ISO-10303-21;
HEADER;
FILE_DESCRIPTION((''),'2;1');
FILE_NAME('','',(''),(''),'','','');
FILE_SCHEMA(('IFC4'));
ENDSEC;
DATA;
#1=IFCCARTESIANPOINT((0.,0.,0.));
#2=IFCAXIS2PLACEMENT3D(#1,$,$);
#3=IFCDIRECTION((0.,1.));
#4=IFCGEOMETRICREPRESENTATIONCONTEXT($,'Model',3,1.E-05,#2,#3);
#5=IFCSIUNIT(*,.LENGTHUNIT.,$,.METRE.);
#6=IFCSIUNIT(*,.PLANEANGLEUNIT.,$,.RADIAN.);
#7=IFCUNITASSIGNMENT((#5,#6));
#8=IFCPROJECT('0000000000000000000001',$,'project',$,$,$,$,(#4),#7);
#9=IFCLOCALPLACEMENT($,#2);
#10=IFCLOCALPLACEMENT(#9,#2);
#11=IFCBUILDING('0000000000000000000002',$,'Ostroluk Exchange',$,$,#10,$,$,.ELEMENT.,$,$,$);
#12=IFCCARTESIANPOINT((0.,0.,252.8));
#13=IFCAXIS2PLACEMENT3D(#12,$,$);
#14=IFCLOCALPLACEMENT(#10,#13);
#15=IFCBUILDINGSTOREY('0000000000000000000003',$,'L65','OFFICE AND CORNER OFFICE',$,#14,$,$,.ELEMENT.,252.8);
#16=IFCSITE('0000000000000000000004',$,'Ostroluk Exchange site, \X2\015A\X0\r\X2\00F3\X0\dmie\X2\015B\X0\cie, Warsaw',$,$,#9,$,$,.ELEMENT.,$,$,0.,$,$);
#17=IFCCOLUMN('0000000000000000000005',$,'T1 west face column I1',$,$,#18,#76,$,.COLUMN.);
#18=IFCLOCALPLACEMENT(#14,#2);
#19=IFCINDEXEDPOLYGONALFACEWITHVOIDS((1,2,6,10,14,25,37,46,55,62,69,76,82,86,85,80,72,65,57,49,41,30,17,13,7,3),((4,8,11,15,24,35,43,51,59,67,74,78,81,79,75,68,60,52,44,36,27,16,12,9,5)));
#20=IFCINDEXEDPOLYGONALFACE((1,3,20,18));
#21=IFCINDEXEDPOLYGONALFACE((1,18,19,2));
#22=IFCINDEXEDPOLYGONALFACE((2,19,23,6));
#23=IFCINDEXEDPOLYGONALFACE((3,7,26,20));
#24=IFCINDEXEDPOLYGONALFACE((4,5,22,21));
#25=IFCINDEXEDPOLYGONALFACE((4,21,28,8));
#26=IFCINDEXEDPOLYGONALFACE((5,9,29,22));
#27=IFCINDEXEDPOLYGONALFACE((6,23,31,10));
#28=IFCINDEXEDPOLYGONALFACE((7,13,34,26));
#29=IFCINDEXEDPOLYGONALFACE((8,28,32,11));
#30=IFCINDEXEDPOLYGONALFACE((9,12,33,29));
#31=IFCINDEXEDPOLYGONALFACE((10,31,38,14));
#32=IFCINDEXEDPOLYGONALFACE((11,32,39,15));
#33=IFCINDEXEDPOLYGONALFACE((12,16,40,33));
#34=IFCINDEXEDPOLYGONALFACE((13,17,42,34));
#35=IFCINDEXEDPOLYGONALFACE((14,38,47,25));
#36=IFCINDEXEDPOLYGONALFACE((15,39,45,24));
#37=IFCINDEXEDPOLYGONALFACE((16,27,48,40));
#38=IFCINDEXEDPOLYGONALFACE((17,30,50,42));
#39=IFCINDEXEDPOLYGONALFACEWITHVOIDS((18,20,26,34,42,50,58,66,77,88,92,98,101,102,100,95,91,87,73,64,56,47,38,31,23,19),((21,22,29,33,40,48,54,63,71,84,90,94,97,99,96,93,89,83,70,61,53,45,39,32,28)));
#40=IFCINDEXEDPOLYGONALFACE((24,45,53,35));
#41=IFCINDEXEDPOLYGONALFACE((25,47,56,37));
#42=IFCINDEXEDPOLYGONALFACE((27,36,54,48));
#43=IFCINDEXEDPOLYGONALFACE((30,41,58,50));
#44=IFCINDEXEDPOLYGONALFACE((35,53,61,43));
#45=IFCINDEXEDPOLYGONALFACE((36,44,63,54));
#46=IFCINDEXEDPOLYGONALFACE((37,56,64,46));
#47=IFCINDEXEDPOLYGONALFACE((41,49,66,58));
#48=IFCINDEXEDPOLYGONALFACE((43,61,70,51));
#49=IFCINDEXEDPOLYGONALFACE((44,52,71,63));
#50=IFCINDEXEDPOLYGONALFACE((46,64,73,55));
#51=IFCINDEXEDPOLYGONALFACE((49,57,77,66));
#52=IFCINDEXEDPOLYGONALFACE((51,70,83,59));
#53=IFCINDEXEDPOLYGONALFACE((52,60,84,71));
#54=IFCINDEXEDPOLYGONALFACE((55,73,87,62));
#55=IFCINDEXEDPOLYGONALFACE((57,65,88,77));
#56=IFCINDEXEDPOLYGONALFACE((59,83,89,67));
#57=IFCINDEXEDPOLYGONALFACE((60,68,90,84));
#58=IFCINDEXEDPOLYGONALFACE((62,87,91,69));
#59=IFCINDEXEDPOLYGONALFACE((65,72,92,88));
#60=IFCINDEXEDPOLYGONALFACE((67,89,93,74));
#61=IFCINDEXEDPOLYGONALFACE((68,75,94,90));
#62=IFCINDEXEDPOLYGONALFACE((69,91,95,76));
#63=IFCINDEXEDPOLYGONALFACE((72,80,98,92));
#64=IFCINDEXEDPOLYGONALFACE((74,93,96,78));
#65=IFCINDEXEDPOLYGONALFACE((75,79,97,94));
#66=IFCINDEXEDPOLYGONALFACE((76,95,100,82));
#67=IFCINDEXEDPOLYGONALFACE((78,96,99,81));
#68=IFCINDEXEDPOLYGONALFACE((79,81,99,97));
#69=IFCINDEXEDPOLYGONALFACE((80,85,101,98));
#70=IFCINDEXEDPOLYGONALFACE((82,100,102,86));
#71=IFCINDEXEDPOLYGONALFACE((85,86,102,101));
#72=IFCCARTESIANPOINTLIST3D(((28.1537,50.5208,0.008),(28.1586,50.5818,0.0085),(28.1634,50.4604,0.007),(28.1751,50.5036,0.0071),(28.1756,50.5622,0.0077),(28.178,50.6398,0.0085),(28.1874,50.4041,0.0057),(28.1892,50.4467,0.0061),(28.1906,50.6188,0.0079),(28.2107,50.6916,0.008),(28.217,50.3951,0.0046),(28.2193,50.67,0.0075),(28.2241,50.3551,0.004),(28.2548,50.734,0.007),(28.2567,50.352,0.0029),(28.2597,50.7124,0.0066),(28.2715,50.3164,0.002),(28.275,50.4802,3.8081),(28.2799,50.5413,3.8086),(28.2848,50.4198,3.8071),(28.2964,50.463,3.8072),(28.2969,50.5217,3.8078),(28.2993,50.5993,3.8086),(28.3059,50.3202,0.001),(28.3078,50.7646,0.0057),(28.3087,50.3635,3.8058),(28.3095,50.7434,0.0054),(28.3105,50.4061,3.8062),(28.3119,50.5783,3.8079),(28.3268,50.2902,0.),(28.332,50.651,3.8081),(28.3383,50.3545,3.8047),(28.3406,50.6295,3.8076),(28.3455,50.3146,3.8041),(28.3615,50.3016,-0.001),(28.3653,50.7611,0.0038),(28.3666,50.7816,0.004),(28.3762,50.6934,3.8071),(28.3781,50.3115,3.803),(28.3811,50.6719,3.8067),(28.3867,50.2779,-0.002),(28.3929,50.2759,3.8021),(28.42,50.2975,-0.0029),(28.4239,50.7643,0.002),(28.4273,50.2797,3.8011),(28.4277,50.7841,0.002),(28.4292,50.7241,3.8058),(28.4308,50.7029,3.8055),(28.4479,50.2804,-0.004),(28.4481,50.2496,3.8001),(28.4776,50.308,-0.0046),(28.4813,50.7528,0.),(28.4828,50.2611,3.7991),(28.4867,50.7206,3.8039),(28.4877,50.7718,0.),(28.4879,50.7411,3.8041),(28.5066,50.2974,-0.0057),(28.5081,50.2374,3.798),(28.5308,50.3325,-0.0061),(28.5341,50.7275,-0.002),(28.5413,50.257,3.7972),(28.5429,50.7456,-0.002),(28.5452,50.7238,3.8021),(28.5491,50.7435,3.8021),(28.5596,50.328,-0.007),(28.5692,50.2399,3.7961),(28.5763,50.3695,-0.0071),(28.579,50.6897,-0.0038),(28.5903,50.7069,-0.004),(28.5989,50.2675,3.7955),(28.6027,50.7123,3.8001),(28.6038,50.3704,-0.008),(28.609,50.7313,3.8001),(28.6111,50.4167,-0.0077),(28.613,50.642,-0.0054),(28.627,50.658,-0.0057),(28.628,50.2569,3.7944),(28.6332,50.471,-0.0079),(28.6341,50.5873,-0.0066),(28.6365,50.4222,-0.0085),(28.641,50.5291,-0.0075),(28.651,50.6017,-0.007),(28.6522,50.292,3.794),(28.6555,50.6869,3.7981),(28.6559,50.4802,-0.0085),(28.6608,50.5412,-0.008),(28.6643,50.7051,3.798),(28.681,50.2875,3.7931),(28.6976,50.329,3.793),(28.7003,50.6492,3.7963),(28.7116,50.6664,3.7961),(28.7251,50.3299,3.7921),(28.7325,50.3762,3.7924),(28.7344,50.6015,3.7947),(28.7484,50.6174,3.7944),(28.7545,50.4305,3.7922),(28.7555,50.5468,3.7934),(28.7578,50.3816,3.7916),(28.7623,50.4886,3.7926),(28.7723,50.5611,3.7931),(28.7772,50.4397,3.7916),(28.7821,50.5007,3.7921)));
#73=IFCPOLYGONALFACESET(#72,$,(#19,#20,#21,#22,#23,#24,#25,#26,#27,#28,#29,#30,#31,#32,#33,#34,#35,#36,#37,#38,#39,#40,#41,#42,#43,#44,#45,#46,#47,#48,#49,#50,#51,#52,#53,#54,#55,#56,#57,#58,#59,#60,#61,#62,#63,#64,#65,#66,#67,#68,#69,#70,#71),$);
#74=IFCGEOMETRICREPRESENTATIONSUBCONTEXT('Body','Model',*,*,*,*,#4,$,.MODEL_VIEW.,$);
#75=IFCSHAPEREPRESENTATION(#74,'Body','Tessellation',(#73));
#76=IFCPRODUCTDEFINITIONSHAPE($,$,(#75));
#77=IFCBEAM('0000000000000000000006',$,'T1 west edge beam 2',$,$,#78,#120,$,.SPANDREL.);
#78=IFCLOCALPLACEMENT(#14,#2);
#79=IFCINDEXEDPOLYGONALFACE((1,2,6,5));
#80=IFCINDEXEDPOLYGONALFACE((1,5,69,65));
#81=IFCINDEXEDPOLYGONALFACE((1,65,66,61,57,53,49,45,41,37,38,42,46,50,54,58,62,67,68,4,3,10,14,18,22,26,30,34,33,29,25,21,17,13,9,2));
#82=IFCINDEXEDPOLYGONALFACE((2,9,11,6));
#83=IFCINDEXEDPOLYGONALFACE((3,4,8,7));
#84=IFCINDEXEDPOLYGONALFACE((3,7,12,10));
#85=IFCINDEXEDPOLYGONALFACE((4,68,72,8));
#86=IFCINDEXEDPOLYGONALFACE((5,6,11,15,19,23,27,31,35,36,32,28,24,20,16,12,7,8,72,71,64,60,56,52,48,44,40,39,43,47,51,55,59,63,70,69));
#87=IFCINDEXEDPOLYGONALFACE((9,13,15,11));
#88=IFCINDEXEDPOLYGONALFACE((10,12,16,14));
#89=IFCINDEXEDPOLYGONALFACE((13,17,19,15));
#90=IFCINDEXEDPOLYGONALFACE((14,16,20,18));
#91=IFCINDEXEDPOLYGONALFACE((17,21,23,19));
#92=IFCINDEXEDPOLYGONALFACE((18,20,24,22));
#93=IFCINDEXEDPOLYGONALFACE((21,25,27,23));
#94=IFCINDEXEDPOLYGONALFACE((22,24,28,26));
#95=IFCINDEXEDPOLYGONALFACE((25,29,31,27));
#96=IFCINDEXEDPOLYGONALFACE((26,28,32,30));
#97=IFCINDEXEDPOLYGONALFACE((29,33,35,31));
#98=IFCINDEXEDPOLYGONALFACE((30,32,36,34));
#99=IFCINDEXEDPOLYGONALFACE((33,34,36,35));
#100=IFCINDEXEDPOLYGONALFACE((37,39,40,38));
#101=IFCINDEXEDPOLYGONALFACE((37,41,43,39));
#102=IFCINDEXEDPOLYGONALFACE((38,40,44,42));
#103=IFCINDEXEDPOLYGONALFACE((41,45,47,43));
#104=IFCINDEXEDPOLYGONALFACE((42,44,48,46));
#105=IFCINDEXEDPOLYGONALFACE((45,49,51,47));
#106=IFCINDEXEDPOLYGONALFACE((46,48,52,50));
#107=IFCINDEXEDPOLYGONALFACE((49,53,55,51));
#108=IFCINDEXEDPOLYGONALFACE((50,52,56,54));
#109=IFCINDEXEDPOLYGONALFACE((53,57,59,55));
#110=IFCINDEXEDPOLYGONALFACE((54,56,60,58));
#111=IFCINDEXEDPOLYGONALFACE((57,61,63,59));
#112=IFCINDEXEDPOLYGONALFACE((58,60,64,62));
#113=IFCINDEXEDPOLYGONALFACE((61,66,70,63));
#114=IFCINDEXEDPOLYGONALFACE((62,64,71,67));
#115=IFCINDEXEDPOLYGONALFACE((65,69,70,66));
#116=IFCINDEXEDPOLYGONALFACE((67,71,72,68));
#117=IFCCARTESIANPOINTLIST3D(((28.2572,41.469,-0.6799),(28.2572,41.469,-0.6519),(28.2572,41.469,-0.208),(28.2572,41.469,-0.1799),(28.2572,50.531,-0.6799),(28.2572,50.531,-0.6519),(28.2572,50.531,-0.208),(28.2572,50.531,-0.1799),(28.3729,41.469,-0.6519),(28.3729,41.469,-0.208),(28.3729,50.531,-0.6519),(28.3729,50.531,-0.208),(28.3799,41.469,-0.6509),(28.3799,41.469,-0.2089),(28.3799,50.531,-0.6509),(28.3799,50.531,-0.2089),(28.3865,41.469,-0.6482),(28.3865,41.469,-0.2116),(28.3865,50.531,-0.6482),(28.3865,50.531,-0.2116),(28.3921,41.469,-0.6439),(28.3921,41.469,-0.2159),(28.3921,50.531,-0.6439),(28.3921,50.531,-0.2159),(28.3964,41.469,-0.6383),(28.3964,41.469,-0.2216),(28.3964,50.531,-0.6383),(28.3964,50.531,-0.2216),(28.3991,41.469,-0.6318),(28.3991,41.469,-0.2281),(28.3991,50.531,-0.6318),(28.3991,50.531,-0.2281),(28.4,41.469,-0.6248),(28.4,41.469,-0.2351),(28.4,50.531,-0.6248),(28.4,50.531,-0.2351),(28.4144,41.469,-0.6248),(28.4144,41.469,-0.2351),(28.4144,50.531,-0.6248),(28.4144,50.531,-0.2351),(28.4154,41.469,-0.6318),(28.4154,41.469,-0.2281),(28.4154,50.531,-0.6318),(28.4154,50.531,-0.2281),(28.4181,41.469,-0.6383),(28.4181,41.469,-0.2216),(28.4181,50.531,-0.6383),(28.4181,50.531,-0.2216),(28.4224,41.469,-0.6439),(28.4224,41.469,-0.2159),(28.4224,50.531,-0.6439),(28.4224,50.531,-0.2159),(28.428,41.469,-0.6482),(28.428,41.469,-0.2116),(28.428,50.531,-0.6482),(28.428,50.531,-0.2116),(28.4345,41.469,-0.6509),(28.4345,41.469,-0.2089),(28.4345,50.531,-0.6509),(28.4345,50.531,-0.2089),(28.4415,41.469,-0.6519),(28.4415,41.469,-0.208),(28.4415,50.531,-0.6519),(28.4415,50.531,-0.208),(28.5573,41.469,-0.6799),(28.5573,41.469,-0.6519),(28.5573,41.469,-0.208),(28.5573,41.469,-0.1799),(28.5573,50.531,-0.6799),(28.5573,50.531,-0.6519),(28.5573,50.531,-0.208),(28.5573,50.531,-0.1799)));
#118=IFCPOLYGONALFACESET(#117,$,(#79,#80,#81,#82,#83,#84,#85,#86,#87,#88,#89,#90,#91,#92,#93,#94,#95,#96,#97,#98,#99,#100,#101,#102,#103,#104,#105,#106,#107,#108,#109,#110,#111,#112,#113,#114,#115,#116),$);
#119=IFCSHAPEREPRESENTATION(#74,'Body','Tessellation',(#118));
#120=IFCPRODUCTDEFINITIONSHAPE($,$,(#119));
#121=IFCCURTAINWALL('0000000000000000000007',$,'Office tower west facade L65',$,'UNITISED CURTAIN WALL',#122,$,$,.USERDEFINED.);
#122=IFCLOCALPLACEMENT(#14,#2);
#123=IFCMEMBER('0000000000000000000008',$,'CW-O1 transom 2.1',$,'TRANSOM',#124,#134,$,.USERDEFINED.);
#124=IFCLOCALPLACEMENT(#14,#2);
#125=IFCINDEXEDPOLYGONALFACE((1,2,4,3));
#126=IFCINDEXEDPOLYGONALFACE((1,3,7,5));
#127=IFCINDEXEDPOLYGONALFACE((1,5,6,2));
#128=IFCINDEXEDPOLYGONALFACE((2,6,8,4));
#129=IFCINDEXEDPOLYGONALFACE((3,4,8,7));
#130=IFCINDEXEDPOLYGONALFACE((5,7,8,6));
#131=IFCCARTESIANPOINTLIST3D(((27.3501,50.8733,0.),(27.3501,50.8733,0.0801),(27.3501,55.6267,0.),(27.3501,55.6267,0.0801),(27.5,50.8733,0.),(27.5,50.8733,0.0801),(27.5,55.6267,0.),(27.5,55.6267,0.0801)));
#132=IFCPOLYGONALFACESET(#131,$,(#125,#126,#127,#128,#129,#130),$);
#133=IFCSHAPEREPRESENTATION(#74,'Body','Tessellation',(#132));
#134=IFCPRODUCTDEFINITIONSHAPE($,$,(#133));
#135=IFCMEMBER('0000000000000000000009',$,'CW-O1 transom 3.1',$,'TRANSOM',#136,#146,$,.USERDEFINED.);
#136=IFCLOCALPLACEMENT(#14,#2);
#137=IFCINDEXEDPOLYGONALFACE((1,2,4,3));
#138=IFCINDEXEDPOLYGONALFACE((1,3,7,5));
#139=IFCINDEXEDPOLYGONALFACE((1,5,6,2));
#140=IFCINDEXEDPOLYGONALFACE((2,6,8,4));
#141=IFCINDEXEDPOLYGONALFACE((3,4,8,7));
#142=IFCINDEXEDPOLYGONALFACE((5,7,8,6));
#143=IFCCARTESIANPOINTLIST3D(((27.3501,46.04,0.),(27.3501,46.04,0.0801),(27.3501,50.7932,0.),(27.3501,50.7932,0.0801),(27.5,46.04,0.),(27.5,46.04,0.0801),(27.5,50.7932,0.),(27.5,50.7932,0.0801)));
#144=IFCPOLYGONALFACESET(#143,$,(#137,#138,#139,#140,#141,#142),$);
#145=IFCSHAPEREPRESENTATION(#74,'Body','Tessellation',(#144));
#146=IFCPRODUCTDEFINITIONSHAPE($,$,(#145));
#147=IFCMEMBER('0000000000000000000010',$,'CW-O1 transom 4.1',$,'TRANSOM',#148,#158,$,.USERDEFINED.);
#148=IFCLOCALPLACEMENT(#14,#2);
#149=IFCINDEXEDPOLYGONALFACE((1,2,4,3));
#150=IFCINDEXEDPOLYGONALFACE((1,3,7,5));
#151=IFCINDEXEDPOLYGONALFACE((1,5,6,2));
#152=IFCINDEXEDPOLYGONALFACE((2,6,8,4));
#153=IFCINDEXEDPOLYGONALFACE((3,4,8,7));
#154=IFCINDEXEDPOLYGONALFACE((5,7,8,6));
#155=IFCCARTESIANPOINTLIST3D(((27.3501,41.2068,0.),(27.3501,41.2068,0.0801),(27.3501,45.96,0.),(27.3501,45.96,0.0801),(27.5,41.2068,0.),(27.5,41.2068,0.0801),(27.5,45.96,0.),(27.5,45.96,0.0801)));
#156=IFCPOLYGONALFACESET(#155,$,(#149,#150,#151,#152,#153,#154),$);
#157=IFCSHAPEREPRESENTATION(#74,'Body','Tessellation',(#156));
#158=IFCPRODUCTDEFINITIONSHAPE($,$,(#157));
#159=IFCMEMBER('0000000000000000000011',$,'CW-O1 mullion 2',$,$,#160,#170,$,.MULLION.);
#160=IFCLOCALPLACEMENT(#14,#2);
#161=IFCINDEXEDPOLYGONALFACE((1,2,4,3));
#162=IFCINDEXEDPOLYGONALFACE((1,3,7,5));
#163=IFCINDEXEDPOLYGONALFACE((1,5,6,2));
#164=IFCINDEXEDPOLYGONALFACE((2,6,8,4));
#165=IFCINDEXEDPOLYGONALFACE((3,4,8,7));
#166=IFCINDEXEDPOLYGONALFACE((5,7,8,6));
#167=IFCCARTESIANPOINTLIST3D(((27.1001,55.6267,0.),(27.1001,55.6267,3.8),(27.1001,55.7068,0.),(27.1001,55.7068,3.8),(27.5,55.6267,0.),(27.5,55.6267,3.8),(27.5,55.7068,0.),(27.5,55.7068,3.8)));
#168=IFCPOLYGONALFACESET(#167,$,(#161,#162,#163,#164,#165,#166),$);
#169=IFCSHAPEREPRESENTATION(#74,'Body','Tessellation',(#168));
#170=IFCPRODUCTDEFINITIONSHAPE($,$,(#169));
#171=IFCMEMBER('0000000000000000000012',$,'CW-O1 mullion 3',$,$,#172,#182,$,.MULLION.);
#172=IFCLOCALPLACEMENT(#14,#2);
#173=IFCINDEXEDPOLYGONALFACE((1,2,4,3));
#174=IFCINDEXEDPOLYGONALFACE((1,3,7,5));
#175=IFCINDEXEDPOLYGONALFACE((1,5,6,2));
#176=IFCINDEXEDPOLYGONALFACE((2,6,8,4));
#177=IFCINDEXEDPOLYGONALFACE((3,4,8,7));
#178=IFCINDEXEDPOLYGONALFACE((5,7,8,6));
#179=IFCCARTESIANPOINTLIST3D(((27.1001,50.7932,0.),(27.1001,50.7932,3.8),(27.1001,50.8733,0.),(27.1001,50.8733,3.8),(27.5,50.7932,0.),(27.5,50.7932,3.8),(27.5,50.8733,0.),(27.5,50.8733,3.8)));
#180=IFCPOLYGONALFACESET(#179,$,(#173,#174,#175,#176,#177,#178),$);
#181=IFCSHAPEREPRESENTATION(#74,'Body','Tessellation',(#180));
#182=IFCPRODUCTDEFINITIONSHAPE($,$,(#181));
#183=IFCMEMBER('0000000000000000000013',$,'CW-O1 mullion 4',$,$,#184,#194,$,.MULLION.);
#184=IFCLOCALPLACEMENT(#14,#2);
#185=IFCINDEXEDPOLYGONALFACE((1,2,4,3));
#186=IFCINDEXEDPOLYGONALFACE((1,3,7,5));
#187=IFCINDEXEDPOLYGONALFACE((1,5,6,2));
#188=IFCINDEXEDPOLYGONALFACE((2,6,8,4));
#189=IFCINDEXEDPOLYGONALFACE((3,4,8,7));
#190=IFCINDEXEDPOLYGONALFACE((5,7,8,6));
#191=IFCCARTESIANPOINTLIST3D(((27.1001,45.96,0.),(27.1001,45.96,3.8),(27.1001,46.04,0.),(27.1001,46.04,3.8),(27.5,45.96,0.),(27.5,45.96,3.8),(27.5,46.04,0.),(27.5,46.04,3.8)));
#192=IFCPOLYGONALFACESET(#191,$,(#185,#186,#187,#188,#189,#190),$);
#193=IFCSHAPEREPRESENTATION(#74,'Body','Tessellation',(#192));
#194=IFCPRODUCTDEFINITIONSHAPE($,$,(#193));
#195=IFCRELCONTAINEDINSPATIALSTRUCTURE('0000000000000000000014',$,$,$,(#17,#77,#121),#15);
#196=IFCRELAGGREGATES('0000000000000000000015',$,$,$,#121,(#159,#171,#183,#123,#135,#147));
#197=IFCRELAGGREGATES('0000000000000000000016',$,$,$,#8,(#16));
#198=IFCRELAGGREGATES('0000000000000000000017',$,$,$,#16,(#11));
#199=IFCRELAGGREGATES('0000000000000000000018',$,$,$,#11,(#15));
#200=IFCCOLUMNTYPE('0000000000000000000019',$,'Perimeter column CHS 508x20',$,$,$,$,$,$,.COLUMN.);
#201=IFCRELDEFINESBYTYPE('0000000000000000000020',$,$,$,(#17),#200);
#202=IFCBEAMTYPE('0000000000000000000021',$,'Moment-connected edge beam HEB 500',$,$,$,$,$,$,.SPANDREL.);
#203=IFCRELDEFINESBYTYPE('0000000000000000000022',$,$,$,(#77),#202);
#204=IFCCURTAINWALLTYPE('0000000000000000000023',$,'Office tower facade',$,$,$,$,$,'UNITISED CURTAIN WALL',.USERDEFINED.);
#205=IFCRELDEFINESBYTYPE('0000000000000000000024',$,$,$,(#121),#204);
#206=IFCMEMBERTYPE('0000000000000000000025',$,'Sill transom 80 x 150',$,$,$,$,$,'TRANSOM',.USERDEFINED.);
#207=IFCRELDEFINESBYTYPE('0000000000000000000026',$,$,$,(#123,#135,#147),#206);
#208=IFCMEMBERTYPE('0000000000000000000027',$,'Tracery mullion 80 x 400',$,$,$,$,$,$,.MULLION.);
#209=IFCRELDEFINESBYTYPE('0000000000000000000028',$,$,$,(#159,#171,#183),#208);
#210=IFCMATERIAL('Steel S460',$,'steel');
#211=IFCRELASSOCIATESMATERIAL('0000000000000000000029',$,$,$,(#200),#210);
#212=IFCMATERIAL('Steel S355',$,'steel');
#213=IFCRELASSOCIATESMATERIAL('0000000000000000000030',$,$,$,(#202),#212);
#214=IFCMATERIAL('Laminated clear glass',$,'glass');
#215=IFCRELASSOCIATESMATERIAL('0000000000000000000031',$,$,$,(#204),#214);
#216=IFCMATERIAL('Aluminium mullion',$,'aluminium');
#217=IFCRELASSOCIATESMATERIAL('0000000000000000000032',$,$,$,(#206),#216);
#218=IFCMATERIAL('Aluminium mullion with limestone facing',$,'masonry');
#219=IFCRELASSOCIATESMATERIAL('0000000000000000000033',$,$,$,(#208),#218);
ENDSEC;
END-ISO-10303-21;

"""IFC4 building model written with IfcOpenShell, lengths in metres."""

from ifc_helpers import new_model, si_unit, direction, frame, origin, origin_2d, place, context, subcontext, project, spatial, rectangle, hollow_circle, i_section, extrude, material, material_profile, profile_set, type_object, element, aggregate, save


model = new_model("IFC4")

# Units and contexts
model_context = context("Model", 3, precision=1e-05, world=origin(), true_north=direction((0.0, 1.0)))
body_context = subcontext(model_context, "Body", "Model", "MODEL_VIEW")
ifc_project = project(units=[si_unit("LENGTHUNIT", "METRE"), si_unit("PLANEANGLEUNIT", "RADIAN")], contexts=[model_context])

# Site, building, storey
site_placement = place(None, origin())
site = spatial("IfcSite", under=ifc_project, at=site_placement, Name="Ostroluk Exchange site, Śródmieście, Warsaw", CompositionType="ELEMENT", RefElevation=0.0)
building_placement = place(site_placement, origin())
building = spatial("IfcBuilding", under=site, at=building_placement, Name="Ostroluk Exchange", CompositionType="ELEMENT")
storey_placement = place(building_placement, frame((0.0, 0.0, 252.8)))
storey = spatial("IfcBuildingStorey", under=building, at=storey_placement, Name="L65", Description="OFFICE AND CORNER OFFICE", CompositionType="ELEMENT", Elevation=252.8)

# Column
ifc_material_1 = material(Name="Steel S460", Category="steel")
ifc_material_profile_1 = material_profile(ifc_material_1, hollow_circle(Radius=0.2539, WallThickness=0.02, at=origin_2d()), Name="CHS 508x20")
ifc_profile_set_1 = profile_set([ifc_material_profile_1], Name="Steel S460")
column_type = type_object("IfcColumnType", Name="Perimeter column CHS 508x20", PredefinedType="COLUMN", material=ifc_profile_set_1)
column_placement = place(storey_placement, frame((28.4072, 50.531, 0.0), z_axis=(0.031913, -0.010659, 0.999434), x_axis=(0.3168, 0.948492, 0.0)))
element("IfcColumn", 1, at=column_placement, inside=storey, type_object=column_type, Name="T1 west face column I1", PredefinedType="COLUMN", context=body_context, shape_type="SweptSolid", body=[
    extrude(hollow_circle(Radius=0.2539, WallThickness=0.02, at=origin_2d()), origin(), (0.0, 0.0, 1.0), 3.8022),
])

# Beam
ifc_material_2 = material(Name="Steel S355", Category="steel")
ifc_material_profile_2 = material_profile(ifc_material_2, i_section(OverallWidth=0.3, OverallDepth=0.5, WebThickness=0.0144, FlangeThickness=0.0281, FilletRadius=0.0271, at=origin_2d()), Name="HEB 500")
ifc_profile_set_2 = profile_set([ifc_material_profile_2], Name="Steel S355")
beam_type = type_object("IfcBeamType", Name="Moment-connected edge beam HEB 500", PredefinedType="SPANDREL", material=ifc_profile_set_2)
beam_placement = place(storey_placement, frame((28.4072, 50.531, -0.4299), z_axis=(0.0, -1.0, 0.0), x_axis=(1.0, 0.0, 0.0)))
element("IfcBeam", 2, at=beam_placement, inside=storey, type_object=beam_type, Name="T1 west edge beam 2", PredefinedType="SPANDREL", context=body_context, shape_type="SweptSolid", body=[
    extrude(i_section(OverallWidth=0.3, OverallDepth=0.5, WebThickness=0.0144, FlangeThickness=0.0281, FilletRadius=0.0271, at=origin_2d()), origin(), (0.0, 0.0, 1.0), 9.062),
])

# Curtain wall, members
ifc_material_3 = material(Name="Laminated clear glass", Category="glass")
curtain_wall_type = type_object("IfcCurtainWallType", Name="Office tower facade", ElementType="UNITISED CURTAIN WALL", PredefinedType="USERDEFINED", material=ifc_material_3)
curtain_wall_placement = place(storey_placement, origin())
curtain_wall = element("IfcCurtainWall", 3, at=curtain_wall_placement, inside=storey, type_object=curtain_wall_type, Name="Office tower west facade L65", ObjectType="UNITISED CURTAIN WALL", PredefinedType="USERDEFINED")
ifc_material_4 = material(Name="Aluminium mullion", Category="aluminium")
ifc_material_profile_3 = material_profile(ifc_material_4, rectangle(XDim=0.1499, YDim=0.0801, at=origin_2d()), Name="Sill transom 80 x 150")
ifc_profile_set_3 = profile_set([ifc_material_profile_3], Name="Aluminium mullion")
member_type_1 = type_object("IfcMemberType", Name="Sill transom 80 x 150", ElementType="TRANSOM", PredefinedType="USERDEFINED", material=ifc_profile_set_3)
member_1_placement = place(storey_placement, frame((27.425, 55.6267, 0.04), z_axis=(0.0, -1.0, 0.0), x_axis=(1.0, 0.0, 0.0)))
member_1 = element("IfcMember", 4, at=member_1_placement, type_object=member_type_1, Name="CW-O1 transom 2.1", ObjectType="TRANSOM", PredefinedType="USERDEFINED", context=body_context, shape_type="SweptSolid", body=[
    extrude(rectangle(XDim=0.1499, YDim=0.0801, at=origin_2d()), origin(), (0.0, 0.0, 1.0), 4.7534),
])
member_2_placement = place(storey_placement, frame((27.425, 50.7932, 0.04), z_axis=(0.0, -1.0, 0.0), x_axis=(1.0, 0.0, 0.0)))
member_2 = element("IfcMember", 5, at=member_2_placement, type_object=member_type_1, Name="CW-O1 transom 3.1", ObjectType="TRANSOM", PredefinedType="USERDEFINED", context=body_context, shape_type="SweptSolid", body=[
    extrude(rectangle(XDim=0.1499, YDim=0.0801, at=origin_2d()), origin(), (0.0, 0.0, 1.0), 4.7532),
])
member_3_placement = place(storey_placement, frame((27.425, 45.96, 0.04), z_axis=(0.0, -1.0, 0.0), x_axis=(1.0, 0.0, 0.0)))
member_3 = element("IfcMember", 6, at=member_3_placement, type_object=member_type_1, Name="CW-O1 transom 4.1", ObjectType="TRANSOM", PredefinedType="USERDEFINED", context=body_context, shape_type="SweptSolid", body=[
    extrude(rectangle(XDim=0.1499, YDim=0.0801, at=origin_2d()), origin(), (0.0, 0.0, 1.0), 4.7532),
])
ifc_material_5 = material(Name="Aluminium mullion with limestone facing", Category="masonry")
ifc_material_profile_4 = material_profile(ifc_material_5, rectangle(XDim=0.3999, YDim=0.0801, at=origin_2d()), Name="Tracery mullion 80 x 400")
ifc_profile_set_4 = profile_set([ifc_material_profile_4], Name="Aluminium mullion with limestone facing")
member_type_2 = type_object("IfcMemberType", Name="Tracery mullion 80 x 400", PredefinedType="MULLION", material=ifc_profile_set_4)
member_4_placement = place(storey_placement, frame((27.3, 55.6667, 0.0), z_axis=(0.0, 0.0, 1.0), x_axis=(1.0, 0.0, 0.0)))
member_4 = element("IfcMember", 7, at=member_4_placement, type_object=member_type_2, Name="CW-O1 mullion 2", PredefinedType="MULLION", context=body_context, shape_type="SweptSolid", body=[
    extrude(rectangle(XDim=0.3999, YDim=0.0801, at=origin_2d()), origin(), (0.0, 0.0, 1.0), 3.8),
])
member_5_placement = place(storey_placement, frame((27.3, 50.8333, 0.0), z_axis=(0.0, 0.0, 1.0), x_axis=(1.0, 0.0, 0.0)))
member_5 = element("IfcMember", 8, at=member_5_placement, type_object=member_type_2, Name="CW-O1 mullion 3", PredefinedType="MULLION", context=body_context, shape_type="SweptSolid", body=[
    extrude(rectangle(XDim=0.3999, YDim=0.0801, at=origin_2d()), origin(), (0.0, 0.0, 1.0), 3.8),
])
member_6_placement = place(storey_placement, frame((27.3, 46.0, 0.0), z_axis=(0.0, 0.0, 1.0), x_axis=(1.0, 0.0, 0.0)))
member_6 = element("IfcMember", 9, at=member_6_placement, type_object=member_type_2, Name="CW-O1 mullion 4", PredefinedType="MULLION", context=body_context, shape_type="SweptSolid", body=[
    extrude(rectangle(XDim=0.3999, YDim=0.0801, at=origin_2d()), origin(), (0.0, 0.0, 1.0), 3.8),
])
aggregate(curtain_wall, [member_4, member_5, member_6, member_1, member_2, member_3])

save(model, "model.ifc")
